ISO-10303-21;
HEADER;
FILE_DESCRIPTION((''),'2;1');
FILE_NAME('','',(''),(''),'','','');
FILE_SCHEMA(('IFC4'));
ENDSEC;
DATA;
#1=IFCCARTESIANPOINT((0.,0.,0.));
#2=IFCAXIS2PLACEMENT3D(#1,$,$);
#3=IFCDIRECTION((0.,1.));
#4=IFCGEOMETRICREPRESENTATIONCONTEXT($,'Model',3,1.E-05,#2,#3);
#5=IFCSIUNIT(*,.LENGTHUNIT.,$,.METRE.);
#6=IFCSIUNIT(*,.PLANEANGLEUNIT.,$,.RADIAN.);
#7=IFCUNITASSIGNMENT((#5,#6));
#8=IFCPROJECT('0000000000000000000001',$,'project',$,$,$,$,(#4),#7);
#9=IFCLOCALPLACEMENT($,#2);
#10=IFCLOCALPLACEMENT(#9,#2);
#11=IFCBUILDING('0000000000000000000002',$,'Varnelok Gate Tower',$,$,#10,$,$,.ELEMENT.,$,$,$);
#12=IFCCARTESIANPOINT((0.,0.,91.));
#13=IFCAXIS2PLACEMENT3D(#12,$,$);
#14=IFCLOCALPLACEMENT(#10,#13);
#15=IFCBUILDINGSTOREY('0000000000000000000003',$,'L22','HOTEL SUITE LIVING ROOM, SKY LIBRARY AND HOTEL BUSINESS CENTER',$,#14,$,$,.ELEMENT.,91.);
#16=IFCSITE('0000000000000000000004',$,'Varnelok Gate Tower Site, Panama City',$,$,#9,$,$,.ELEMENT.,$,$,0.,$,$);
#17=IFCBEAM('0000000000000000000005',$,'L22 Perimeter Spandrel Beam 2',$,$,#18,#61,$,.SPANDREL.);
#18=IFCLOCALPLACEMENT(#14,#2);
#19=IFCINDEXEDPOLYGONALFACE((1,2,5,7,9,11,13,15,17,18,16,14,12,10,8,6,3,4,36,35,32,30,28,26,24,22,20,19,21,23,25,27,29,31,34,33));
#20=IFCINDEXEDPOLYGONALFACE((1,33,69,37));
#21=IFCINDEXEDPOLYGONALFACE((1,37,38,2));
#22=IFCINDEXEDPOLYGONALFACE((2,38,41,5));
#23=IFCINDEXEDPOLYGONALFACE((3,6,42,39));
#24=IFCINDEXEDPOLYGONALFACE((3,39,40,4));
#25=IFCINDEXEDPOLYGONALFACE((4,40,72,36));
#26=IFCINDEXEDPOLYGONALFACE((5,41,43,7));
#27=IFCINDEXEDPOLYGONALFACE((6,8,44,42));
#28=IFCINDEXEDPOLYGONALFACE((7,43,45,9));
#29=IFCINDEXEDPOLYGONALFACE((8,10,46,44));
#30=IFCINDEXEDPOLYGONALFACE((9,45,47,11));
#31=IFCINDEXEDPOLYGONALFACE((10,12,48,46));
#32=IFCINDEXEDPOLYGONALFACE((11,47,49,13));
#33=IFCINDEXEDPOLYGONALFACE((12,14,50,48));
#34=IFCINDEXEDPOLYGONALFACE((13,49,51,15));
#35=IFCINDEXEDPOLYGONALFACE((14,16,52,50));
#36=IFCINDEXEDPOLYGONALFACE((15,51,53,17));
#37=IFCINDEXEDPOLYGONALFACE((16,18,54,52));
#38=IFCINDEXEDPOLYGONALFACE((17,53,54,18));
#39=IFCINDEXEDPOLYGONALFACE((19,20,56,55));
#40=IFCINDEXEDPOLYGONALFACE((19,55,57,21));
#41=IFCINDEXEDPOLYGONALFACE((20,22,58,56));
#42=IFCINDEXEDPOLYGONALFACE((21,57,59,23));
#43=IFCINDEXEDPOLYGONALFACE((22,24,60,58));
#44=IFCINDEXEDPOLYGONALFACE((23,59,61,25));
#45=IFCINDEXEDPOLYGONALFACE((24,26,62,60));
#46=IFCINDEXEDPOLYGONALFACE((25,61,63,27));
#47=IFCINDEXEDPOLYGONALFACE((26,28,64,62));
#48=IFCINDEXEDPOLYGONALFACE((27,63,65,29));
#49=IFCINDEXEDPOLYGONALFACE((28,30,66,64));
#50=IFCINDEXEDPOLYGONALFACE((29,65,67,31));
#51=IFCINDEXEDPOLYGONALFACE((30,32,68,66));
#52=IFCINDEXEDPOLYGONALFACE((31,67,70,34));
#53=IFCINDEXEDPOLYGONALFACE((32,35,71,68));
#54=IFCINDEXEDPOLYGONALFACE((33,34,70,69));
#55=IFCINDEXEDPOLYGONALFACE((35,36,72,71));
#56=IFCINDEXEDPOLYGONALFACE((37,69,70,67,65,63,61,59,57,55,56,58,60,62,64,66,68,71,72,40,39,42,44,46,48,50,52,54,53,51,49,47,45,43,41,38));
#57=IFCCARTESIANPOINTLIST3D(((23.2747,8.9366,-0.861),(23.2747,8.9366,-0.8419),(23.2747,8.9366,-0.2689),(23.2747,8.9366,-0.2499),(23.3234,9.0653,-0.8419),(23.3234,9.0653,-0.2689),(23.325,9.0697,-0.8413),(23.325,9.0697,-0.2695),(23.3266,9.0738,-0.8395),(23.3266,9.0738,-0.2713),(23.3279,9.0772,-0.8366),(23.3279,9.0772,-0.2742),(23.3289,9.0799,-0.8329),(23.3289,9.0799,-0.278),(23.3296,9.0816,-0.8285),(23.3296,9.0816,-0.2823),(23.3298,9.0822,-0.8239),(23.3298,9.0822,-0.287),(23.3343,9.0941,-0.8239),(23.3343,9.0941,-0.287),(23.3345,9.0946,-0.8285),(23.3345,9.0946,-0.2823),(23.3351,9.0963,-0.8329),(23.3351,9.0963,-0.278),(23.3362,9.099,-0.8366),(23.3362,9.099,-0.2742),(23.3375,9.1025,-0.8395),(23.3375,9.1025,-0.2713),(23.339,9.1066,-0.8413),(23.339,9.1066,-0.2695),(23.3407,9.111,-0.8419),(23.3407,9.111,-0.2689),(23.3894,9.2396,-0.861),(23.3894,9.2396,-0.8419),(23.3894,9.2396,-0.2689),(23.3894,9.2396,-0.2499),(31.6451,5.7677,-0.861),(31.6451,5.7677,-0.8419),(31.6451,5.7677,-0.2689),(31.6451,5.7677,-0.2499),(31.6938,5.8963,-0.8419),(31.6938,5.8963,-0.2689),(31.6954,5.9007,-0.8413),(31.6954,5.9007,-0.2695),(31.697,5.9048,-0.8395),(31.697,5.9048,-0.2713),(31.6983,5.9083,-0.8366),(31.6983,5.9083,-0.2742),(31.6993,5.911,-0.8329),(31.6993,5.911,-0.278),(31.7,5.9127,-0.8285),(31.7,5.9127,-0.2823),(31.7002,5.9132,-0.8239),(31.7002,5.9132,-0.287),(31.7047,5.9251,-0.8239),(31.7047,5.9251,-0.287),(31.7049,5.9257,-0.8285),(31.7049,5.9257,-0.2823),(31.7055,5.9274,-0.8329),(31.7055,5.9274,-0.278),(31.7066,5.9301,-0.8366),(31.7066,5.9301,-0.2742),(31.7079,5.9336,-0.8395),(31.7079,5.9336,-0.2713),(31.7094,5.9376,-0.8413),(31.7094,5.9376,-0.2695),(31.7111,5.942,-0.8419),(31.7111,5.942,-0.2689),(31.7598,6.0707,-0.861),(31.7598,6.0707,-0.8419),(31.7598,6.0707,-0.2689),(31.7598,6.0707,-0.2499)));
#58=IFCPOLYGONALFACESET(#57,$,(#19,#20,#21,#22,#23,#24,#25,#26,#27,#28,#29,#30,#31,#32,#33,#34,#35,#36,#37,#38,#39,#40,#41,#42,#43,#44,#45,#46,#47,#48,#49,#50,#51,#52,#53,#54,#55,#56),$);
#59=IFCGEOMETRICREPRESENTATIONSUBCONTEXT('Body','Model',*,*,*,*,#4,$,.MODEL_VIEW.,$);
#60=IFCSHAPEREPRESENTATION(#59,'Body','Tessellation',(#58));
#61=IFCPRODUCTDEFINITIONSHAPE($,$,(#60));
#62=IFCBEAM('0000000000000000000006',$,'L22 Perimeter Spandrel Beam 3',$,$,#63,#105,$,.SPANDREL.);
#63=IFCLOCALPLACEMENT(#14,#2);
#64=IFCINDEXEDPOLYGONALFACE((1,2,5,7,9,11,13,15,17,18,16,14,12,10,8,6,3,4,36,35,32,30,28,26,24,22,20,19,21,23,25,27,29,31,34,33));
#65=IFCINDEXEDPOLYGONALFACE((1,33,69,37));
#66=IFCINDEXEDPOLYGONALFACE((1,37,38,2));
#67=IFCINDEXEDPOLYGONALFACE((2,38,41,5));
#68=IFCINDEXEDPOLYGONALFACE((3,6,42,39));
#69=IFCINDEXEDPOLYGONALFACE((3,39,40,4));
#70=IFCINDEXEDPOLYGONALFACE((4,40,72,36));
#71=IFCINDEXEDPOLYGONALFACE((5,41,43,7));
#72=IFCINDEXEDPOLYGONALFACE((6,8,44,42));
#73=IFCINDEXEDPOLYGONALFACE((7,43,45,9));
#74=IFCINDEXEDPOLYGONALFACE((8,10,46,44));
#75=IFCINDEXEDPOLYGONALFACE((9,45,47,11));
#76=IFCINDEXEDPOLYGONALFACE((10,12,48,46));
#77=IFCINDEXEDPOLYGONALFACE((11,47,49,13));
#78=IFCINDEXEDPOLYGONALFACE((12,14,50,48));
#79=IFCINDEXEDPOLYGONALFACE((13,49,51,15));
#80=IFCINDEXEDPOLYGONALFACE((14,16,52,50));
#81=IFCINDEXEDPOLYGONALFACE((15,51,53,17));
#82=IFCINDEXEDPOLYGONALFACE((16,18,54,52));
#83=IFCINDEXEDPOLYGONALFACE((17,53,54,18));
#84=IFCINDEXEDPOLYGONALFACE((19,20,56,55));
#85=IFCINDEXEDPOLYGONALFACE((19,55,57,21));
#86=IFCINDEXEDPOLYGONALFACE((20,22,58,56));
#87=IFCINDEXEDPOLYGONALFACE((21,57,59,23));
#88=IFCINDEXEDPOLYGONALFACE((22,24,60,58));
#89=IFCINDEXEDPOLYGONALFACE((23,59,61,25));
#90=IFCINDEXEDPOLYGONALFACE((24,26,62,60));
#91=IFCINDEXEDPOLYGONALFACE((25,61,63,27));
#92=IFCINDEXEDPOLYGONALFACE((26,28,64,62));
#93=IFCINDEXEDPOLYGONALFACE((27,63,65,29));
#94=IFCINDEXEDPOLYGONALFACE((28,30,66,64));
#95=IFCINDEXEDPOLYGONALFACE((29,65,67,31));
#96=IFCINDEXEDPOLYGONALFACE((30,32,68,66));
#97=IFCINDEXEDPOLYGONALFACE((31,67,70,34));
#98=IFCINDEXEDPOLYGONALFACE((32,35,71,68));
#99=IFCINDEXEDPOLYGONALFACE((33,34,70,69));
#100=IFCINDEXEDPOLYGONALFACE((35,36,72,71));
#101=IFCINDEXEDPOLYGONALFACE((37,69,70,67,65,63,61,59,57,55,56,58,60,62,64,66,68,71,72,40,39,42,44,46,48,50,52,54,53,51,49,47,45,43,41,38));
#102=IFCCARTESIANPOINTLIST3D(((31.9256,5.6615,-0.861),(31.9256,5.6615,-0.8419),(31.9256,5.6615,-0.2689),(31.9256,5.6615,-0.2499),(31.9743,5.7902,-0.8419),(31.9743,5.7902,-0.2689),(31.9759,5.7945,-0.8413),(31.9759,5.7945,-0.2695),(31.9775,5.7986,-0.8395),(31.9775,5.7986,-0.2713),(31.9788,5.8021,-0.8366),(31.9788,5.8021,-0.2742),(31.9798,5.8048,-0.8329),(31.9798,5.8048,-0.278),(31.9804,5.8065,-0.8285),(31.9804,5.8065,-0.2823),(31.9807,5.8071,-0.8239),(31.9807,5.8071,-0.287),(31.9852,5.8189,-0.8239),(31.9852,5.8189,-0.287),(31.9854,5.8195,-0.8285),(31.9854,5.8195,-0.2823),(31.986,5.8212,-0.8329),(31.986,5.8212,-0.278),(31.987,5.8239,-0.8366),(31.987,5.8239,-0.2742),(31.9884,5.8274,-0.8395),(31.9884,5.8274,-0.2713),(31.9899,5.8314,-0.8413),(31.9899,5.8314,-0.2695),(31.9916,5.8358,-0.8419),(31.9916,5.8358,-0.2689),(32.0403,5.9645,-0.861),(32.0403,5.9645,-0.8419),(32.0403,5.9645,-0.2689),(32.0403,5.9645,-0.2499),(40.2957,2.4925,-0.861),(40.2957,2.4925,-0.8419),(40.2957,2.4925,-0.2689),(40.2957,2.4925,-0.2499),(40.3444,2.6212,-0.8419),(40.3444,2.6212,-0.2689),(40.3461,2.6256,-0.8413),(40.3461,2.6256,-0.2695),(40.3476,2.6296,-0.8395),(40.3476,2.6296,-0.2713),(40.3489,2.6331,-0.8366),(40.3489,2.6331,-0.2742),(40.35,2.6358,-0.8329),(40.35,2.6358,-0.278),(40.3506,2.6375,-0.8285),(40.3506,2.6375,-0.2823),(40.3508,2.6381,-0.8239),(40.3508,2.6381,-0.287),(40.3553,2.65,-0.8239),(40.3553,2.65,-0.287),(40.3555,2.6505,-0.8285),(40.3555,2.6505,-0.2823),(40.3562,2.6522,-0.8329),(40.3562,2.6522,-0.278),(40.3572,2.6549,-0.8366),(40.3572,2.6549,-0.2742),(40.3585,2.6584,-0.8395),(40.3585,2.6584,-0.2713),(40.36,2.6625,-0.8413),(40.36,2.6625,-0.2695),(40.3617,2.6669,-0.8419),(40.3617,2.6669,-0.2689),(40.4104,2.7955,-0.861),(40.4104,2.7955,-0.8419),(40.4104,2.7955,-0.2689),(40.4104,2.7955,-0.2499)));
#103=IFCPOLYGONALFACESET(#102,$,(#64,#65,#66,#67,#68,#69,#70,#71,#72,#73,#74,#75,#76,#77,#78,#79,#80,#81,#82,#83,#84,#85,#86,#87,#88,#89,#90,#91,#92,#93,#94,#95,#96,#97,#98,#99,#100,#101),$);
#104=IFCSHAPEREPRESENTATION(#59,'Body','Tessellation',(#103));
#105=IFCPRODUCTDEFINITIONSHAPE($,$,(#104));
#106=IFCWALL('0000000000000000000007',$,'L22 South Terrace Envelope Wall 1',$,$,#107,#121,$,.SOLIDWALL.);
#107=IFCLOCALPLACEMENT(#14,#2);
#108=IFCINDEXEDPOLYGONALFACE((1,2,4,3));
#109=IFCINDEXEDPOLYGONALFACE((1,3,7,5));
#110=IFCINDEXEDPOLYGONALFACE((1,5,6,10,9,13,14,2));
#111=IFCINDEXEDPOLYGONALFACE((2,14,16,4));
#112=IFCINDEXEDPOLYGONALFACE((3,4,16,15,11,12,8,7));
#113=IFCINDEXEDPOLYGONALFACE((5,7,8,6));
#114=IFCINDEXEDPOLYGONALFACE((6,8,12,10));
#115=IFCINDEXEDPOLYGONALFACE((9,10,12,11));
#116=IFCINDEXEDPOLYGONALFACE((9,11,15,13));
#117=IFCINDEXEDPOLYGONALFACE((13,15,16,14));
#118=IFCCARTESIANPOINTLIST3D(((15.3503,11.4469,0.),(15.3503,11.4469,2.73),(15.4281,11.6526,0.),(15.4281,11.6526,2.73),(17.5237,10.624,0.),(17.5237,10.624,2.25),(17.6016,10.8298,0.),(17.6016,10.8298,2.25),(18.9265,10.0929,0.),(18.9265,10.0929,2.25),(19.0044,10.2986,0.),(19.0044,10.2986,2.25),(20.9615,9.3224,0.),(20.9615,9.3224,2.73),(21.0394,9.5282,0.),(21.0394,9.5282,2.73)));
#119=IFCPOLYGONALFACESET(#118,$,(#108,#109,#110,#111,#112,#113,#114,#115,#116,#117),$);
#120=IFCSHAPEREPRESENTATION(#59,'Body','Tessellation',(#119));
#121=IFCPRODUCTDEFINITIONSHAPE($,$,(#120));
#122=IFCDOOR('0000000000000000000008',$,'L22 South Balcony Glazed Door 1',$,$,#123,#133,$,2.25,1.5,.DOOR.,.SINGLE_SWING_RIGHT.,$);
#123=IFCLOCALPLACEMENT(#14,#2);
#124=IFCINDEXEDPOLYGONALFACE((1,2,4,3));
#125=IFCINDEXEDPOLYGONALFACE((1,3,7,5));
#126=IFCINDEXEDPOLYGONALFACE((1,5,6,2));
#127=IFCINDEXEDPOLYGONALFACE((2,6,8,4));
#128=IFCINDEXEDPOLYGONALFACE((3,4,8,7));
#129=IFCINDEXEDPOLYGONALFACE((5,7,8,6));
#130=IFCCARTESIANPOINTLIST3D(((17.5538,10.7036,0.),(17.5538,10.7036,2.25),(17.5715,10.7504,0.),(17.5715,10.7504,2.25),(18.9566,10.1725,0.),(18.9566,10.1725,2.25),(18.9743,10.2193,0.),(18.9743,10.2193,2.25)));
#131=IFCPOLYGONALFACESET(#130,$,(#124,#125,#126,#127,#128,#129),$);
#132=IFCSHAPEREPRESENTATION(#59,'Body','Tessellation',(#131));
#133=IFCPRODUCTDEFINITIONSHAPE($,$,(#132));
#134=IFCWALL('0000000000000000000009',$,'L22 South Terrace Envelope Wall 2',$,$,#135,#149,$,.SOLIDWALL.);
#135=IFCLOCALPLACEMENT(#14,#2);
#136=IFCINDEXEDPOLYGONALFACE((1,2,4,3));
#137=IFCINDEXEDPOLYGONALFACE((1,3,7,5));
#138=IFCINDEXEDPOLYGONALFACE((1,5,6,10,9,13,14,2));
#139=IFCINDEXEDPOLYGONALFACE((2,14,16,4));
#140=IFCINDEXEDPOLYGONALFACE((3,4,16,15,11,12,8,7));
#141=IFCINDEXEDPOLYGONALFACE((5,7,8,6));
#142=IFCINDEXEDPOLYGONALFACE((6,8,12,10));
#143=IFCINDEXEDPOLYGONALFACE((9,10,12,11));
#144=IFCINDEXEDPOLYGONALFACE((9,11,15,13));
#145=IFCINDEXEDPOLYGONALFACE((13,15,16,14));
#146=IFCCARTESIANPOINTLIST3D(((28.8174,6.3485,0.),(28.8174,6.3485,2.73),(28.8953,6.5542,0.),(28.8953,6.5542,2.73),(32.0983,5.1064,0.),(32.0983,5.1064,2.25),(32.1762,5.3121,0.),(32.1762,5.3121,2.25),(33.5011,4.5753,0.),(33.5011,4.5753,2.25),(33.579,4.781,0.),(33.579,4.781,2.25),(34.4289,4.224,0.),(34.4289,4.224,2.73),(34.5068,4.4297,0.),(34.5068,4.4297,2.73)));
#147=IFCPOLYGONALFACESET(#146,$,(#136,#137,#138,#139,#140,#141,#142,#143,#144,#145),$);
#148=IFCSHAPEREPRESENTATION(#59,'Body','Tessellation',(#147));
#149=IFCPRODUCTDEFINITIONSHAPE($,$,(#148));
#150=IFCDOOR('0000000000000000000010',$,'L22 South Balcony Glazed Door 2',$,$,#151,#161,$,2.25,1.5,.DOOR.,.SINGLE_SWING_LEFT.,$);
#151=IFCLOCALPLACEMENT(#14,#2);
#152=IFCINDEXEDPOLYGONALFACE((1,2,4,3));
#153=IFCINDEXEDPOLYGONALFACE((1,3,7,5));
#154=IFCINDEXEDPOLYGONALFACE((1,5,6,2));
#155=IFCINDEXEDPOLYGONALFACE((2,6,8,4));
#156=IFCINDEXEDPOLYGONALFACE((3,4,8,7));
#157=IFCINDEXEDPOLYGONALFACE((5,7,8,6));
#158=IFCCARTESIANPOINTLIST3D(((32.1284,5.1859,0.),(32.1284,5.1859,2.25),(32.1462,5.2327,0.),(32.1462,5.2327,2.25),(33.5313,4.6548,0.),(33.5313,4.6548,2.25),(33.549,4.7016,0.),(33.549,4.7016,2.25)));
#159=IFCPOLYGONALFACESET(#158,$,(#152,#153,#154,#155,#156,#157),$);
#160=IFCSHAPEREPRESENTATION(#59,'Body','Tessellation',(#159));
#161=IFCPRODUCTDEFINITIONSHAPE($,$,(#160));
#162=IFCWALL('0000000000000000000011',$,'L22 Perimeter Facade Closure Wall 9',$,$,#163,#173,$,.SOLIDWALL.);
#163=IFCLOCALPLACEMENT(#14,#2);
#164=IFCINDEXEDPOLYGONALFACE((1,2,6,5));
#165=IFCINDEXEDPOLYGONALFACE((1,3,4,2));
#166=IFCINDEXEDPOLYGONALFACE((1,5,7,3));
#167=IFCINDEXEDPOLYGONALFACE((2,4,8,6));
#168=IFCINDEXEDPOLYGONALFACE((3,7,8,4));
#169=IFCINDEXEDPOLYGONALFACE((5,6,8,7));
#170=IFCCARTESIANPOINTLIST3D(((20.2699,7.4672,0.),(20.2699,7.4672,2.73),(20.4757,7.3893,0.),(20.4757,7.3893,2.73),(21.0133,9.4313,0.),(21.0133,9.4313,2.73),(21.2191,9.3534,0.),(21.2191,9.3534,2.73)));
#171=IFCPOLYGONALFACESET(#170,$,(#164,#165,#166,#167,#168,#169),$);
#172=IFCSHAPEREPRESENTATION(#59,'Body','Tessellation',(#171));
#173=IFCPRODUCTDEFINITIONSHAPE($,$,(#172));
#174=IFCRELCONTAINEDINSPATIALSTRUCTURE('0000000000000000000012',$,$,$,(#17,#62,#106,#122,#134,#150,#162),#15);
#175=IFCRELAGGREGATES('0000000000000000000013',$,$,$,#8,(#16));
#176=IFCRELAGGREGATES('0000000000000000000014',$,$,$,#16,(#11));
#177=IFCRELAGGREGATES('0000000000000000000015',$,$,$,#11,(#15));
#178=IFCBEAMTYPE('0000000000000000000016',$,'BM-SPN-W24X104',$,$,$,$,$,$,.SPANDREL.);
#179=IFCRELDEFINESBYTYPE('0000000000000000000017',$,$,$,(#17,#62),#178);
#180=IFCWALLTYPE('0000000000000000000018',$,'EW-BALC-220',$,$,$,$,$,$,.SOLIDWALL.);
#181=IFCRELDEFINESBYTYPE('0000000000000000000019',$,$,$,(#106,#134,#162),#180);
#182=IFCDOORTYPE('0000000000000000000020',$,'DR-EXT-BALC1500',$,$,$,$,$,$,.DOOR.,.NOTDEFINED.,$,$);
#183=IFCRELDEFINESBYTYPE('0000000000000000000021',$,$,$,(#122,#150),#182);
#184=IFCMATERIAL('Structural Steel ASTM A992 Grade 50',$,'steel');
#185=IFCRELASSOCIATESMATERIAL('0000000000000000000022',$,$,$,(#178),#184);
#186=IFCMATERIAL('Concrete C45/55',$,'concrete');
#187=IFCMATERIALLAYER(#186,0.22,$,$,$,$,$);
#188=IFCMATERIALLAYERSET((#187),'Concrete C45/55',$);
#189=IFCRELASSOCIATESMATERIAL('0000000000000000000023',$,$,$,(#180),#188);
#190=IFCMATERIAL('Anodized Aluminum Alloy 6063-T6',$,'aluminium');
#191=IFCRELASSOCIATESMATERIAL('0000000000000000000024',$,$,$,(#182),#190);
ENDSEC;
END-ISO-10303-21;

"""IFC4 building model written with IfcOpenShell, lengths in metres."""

from ifc_helpers import new_model, si_unit, direction, frame, frame_2d, origin, origin_2d, place, context, subcontext, project, spatial, rectangle, i_section, extrude, material, layer, layer_set, material_profile, profile_set, type_object, element, fill, save


model = new_model("IFC4")

# Units and contexts
model_context = context("Model", 3, precision=1e-05, world=origin(), true_north=direction((0.0, 1.0)))
body_context = subcontext(model_context, "Body", "Model", "MODEL_VIEW")
ifc_project = project(units=[si_unit("LENGTHUNIT", "METRE"), si_unit("PLANEANGLEUNIT", "RADIAN")], contexts=[model_context])

# Site, building, storey
site_placement = place(None, origin())
site = spatial("IfcSite", under=ifc_project, at=site_placement, Name="Varnelok Gate Tower Site, Panama City", CompositionType="ELEMENT", RefElevation=0.0)
building_placement = place(site_placement, origin())
building = spatial("IfcBuilding", under=site, at=building_placement, Name="Varnelok Gate Tower", CompositionType="ELEMENT")
storey_placement = place(building_placement, frame((0.0, 0.0, 91.0)))
storey = spatial("IfcBuildingStorey", under=building, at=storey_placement, Name="L22", Description="HOTEL SUITE LIVING ROOM, SKY LIBRARY AND HOTEL BUSINESS CENTER", CompositionType="ELEMENT", Elevation=91.0)

# Shared definitions
ifc_material_1 = material(Name="Structural Steel ASTM A992 Grade 50", Category="steel")

# Beams
ifc_material_profile_1 = material_profile(ifc_material_1, i_section(OverallWidth=0.324, OverallDepth=0.6111, WebThickness=0.0127, FlangeThickness=0.019, FilletRadius=0.0181, at=origin_2d()), Name="W24X104")
ifc_profile_set_1 = profile_set([ifc_material_profile_1], Name="Structural Steel ASTM A992 Grade 50")
beam_type_1 = type_object("IfcBeamType", Name="BM-SPN-W24X104", PredefinedType="SPANDREL", material=ifc_profile_set_1)
beam_1_placement = place(storey_placement, frame((23.332, 9.0881, -0.5554), z_axis=(0.93522, -0.354066, 0.0), x_axis=(0.354066, 0.93522, 0.0)))
element("IfcBeam", 1, at=beam_1_placement, inside=storey, type_object=beam_type_1, Name="L22 Perimeter Spandrel Beam 2", PredefinedType="SPANDREL", context=body_context, shape_type="SweptSolid", body=[
    extrude(i_section(OverallWidth=0.324, OverallDepth=0.6111, WebThickness=0.0127, FlangeThickness=0.019, FilletRadius=0.0181, at=origin_2d()), origin(), (0.0, 0.0, 1.0), 8.9502),
])
beam_2_placement = place(storey_placement, frame((31.9829, 5.813, -0.5554), z_axis=(0.935217, -0.354075, 0.0), x_axis=(0.354075, 0.935217, 0.0)))
element("IfcBeam", 2, at=beam_2_placement, inside=storey, type_object=beam_type_1, Name="L22 Perimeter Spandrel Beam 3", PredefinedType="SPANDREL", context=body_context, shape_type="SweptSolid", body=[
    extrude(i_section(OverallWidth=0.324, OverallDepth=0.6111, WebThickness=0.0127, FlangeThickness=0.019, FilletRadius=0.0181, at=origin_2d()), origin(), (0.0, 0.0, 1.0), 8.95),
])

# Walls, openings, doors
ifc_material_2 = material(Name="Concrete C45/55", Category="concrete")
ifc_layer_1 = layer(ifc_material_2, 0.22)
ifc_layer_set_1 = layer_set([ifc_layer_1], Name="Concrete C45/55")
wall_type_1 = type_object("IfcWallType", Name="EW-BALC-220", PredefinedType="SOLIDWALL", material=ifc_layer_set_1)
wall_1_placement = place(storey_placement, frame((21.0005, 9.4253, 0.0), z_axis=(0.0, 0.0, 1.0), x_axis=(-0.935214, 0.354083, 0.0)))
wall_1 = element("IfcWall", 3, at=wall_1_placement, inside=storey, type_object=wall_type_1, Name="L22 South Terrace Envelope Wall 1", PredefinedType="SOLIDWALL", context=body_context, shape_type="SweptSolid", body=[
    extrude(rectangle(XDim=6.0, YDim=0.22, at=frame_2d((3.0, 0.0))), origin(), (0.0, 0.0, 1.0), 2.73),
])
opening_1_placement = place(wall_1_placement, frame((2.176, 0.0, 0.0)))
opening_1 = element("IfcOpeningElement", 4, at=opening_1_placement, cuts=wall_1, PredefinedType="OPENING", context=body_context, shape_type="SweptSolid", body=[
    extrude(rectangle(XDim=1.5, YDim=2.25, at=frame_2d((0.75, 1.125))), frame((0.0, 0.1199, 0.0), z_axis=(0.0, -1.0, 0.0), x_axis=(1.0, 0.0, 0.0)), (0.0, 0.0, 1.0), 0.24),
])
ifc_material_3 = material(Name="Anodized Aluminum Alloy 6063-T6", Category="aluminium")
door_type_1 = type_object("IfcDoorType", Name="DR-EXT-BALC1500", OperationType="NOTDEFINED", PredefinedType="DOOR", material=ifc_material_3)
door_1_placement = place(opening_1_placement, origin())
door_1 = element("IfcDoor", 5, at=door_1_placement, inside=storey, type_object=door_type_1, Name="L22 South Balcony Glazed Door 1", OperationType="SINGLE_SWING_RIGHT", OverallHeight=2.25, OverallWidth=1.5, PredefinedType="DOOR", context=body_context, shape_type="SweptSolid", body=[
    extrude(rectangle(XDim=1.5, YDim=2.25, at=frame_2d((0.75, 1.125))), frame((0.0, 0.0249, 0.0), z_axis=(0.0, -1.0, 0.0), x_axis=(1.0, 0.0, 0.0)), (0.0, 0.0, 1.0), 0.05),
])
fill(opening_1, door_1)
wall_2_placement = place(storey_placement, frame((34.4678, 4.3269, 0.0), z_axis=(0.0, 0.0, 1.0), x_axis=(-0.935219, 0.354069, 0.0)))
wall_2 = element("IfcWall", 6, at=wall_2_placement, inside=storey, type_object=wall_type_1, Name="L22 South Terrace Envelope Wall 2", PredefinedType="SOLIDWALL", context=body_context, shape_type="SweptSolid", body=[
    extrude(rectangle(XDim=6.0002, YDim=0.22, at=frame_2d((3.0, 0.0))), origin(), (0.0, 0.0, 1.0), 2.73),
])
opening_2_placement = place(wall_2_placement, frame((0.9919, 0.0, 0.0)))
opening_2 = element("IfcOpeningElement", 7, at=opening_2_placement, cuts=wall_2, PredefinedType="OPENING", context=body_context, shape_type="SweptSolid", body=[
    extrude(rectangle(XDim=1.5, YDim=2.25, at=frame_2d((0.75, 1.125))), frame((0.0, 0.1199, 0.0), z_axis=(0.0, -1.0, 0.0), x_axis=(1.0, 0.0, 0.0)), (0.0, 0.0, 1.0), 0.24),
])
door_2_placement = place(opening_2_placement, origin())
door_2 = element("IfcDoor", 8, at=door_2_placement, inside=storey, type_object=door_type_1, Name="L22 South Balcony Glazed Door 2", OperationType="SINGLE_SWING_LEFT", OverallHeight=2.25, OverallWidth=1.5, PredefinedType="DOOR", context=body_context, shape_type="SweptSolid", body=[
    extrude(rectangle(XDim=1.5, YDim=2.25, at=frame_2d((0.75, 1.125))), frame((0.0, 0.0249, 0.0), z_axis=(0.0, -1.0, 0.0), x_axis=(1.0, 0.0, 0.0)), (0.0, 0.0, 1.0), 0.05),
])
fill(opening_2, door_2)

# Wall
wall_3_placement = place(storey_placement, frame((21.1162, 9.3923, 0.0), z_axis=(0.0, 0.0, 1.0), x_axis=(-0.353988, -0.93525, 0.0)))
element("IfcWall", 9, at=wall_3_placement, inside=storey, type_object=wall_type_1, Name="L22 Perimeter Facade Closure Wall 9", PredefinedType="SOLIDWALL", context=body_context, shape_type="SweptSolid", body=[
    extrude(rectangle(XDim=2.1001, YDim=0.22, at=frame_2d((1.05, 0.0))), origin(), (0.0, 0.0, 1.0), 2.73),
])

save(model, "model.ifc")
